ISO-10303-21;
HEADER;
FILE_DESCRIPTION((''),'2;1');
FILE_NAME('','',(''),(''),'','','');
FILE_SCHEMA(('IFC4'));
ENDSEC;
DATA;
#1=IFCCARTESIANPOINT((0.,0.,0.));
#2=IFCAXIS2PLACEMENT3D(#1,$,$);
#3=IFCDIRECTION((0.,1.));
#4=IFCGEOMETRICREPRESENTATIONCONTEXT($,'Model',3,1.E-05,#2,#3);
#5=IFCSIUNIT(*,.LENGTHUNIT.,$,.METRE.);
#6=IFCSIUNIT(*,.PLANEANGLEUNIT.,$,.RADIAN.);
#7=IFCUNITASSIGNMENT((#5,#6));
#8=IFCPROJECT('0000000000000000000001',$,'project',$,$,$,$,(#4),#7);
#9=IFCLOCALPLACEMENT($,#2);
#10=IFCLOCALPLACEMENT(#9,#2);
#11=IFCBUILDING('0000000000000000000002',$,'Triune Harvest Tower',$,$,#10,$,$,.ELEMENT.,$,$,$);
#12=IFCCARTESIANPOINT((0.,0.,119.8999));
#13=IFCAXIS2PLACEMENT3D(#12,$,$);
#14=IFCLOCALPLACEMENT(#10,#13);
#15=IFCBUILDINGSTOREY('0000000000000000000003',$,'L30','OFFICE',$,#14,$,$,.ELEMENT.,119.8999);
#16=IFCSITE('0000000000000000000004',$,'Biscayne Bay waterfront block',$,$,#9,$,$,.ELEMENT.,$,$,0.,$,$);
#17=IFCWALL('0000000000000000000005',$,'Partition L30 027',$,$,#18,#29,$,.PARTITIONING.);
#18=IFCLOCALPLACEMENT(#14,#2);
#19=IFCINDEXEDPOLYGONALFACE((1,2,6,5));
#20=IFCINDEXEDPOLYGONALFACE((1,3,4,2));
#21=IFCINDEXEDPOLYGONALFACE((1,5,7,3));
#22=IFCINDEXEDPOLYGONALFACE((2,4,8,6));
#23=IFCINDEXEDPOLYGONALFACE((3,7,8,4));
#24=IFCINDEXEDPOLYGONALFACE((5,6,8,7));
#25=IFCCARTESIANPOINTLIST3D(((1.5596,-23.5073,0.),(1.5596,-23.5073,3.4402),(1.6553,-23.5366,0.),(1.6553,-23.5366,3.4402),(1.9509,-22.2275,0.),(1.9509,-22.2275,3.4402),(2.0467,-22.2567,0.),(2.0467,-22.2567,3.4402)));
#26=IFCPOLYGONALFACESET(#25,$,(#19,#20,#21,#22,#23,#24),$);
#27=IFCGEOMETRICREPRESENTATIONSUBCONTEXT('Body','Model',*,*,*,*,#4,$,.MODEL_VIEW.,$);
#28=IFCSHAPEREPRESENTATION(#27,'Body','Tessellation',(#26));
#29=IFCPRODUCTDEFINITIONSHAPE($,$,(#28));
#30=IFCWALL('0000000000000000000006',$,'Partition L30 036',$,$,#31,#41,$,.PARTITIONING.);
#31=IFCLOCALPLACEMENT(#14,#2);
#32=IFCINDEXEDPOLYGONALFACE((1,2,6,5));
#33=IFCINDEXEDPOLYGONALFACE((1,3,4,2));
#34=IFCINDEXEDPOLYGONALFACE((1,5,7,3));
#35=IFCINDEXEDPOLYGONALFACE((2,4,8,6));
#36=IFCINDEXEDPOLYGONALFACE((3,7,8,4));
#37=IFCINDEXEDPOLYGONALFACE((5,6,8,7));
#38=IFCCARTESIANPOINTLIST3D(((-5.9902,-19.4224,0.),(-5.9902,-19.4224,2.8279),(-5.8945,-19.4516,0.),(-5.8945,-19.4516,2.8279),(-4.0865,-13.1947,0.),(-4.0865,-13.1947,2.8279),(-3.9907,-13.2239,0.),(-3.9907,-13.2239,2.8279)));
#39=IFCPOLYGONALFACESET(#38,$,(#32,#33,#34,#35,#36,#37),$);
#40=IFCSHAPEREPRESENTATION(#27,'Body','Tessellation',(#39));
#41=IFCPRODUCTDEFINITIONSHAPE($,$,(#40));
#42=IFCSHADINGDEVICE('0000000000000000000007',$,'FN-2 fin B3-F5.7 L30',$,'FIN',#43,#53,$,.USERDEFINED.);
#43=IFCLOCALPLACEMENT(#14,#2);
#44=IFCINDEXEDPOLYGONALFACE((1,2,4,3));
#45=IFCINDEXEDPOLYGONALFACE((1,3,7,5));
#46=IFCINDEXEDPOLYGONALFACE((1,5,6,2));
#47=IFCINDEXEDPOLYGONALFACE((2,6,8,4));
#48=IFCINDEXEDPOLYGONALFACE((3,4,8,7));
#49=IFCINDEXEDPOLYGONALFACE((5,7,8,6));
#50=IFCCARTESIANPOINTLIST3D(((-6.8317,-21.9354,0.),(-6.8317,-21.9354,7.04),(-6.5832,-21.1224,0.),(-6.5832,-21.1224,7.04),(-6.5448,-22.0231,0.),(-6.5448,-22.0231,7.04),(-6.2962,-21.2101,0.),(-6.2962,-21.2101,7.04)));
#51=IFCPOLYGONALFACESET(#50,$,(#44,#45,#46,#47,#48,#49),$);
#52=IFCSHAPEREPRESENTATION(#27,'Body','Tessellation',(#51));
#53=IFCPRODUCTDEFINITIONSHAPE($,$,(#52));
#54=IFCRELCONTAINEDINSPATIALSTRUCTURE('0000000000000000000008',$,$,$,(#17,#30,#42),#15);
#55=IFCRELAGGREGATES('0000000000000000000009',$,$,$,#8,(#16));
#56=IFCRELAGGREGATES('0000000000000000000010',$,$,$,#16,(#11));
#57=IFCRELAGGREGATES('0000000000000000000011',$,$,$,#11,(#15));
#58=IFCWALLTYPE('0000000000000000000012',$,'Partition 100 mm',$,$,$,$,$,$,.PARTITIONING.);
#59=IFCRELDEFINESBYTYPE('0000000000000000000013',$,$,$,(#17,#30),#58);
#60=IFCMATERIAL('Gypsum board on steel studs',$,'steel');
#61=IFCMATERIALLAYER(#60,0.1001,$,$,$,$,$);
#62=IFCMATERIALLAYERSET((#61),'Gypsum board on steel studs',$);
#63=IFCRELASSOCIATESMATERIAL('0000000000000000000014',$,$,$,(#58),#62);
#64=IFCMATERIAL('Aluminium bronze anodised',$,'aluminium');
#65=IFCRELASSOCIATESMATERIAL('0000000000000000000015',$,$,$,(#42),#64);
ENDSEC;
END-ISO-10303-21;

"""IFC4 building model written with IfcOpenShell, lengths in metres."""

from ifc_helpers import new_model, si_unit, direction, frame, frame_2d, origin, origin_2d, place, context, subcontext, project, spatial, rectangle, extrude, source, transform, mapped, material, layer, layer_set, type_object, element, save


model = new_model("IFC4")

# Units and contexts
model_context = context("Model", 3, precision=1e-05, world=origin(), true_north=direction((0.0, 1.0)))
body_context = subcontext(model_context, "Body", "Model", "MODEL_VIEW")
ifc_project = project(units=[si_unit("LENGTHUNIT", "METRE"), si_unit("PLANEANGLEUNIT", "RADIAN")], contexts=[model_context])

# Site, building, storey
site_placement = place(None, origin())
site = spatial("IfcSite", under=ifc_project, at=site_placement, Name="Biscayne Bay waterfront block", CompositionType="ELEMENT", RefElevation=0.0)
building_placement = place(site_placement, origin())
building = spatial("IfcBuilding", under=site, at=building_placement, Name="Triune Harvest Tower", CompositionType="ELEMENT")
storey_placement = place(building_placement, frame((0.0, 0.0, 119.8999)))
storey = spatial("IfcBuildingStorey", under=building, at=storey_placement, Name="L30", Description="OFFICE", CompositionType="ELEMENT", Elevation=119.8999)

# Walls
ifc_material_1 = material(Name="Gypsum board on steel studs", Category="steel")
ifc_layer_1 = layer(ifc_material_1, 0.1001)
ifc_layer_set_1 = layer_set([ifc_layer_1], Name="Gypsum board on steel studs")
wall_type_1 = type_object("IfcWallType", Name="Partition 100 mm", PredefinedType="PARTITIONING", material=ifc_layer_set_1)
shared_shape_1 = source(origin(), body_context, "Body", "SweptSolid", [
    extrude(rectangle(XDim=1.3384, YDim=0.1001, at=frame_2d((0.6692, 0.0))), origin(), (0.0, 0.0, 1.0), 3.4402),
])
wall_1_placement = place(storey_placement, frame((1.6074, -23.522, 0.0), z_axis=(0.0, 0.0, 1.0), x_axis=(0.292432, 0.956286, 0.0)))
element("IfcWall", 1, at=wall_1_placement, inside=storey, type_object=wall_type_1, Name="Partition L30 027", PredefinedType="PARTITIONING", context=body_context, shape_type="MappedRepresentation", body=[
    mapped(shared_shape_1, transform((0.0, 0.0, 0.0), scale=1.0)),
])
shared_shape_2 = source(origin(), body_context, "Body", "SweptSolid", [
    extrude(rectangle(XDim=6.5122, YDim=0.1001, at=frame_2d((3.2561, 0.0))), origin(), (0.0, 0.0, 1.0), 2.8279),
])
wall_2_placement = place(storey_placement, frame((-5.9424, -19.437, 0.0), z_axis=(0.0, 0.0, 1.0), x_axis=(0.292341, 0.956314, 0.0)))
element("IfcWall", 2, at=wall_2_placement, inside=storey, type_object=wall_type_1, Name="Partition L30 036", PredefinedType="PARTITIONING", context=body_context, shape_type="MappedRepresentation", body=[
    mapped(shared_shape_2, transform((0.0, 0.0, 0.0), scale=1.0)),
])

# Shading device
ifc_material_2 = material(Name="Aluminium bronze anodised", Category="aluminium")
shared_shape_3 = source(origin(), body_context, "Body", "SweptSolid", [
    extrude(rectangle(XDim=0.3, YDim=0.8501, at=origin_2d()), origin(), (0.0, 0.0, 1.0), 7.04),
])
shading_device_placement = place(storey_placement, frame((-6.564, -21.5728, 0.0), z_axis=(0.0, 0.0, 1.0), x_axis=(0.956304, -0.292373, 0.0)))
element("IfcShadingDevice", 3, at=shading_device_placement, inside=storey, material=ifc_material_2, Name="FN-2 fin B3-F5.7 L30", ObjectType="FIN", PredefinedType="USERDEFINED", context=body_context, shape_type="MappedRepresentation", body=[
    mapped(shared_shape_3, transform((0.0, 0.0, 0.0), scale=1.0)),
])

save(model, "model.ifc")
